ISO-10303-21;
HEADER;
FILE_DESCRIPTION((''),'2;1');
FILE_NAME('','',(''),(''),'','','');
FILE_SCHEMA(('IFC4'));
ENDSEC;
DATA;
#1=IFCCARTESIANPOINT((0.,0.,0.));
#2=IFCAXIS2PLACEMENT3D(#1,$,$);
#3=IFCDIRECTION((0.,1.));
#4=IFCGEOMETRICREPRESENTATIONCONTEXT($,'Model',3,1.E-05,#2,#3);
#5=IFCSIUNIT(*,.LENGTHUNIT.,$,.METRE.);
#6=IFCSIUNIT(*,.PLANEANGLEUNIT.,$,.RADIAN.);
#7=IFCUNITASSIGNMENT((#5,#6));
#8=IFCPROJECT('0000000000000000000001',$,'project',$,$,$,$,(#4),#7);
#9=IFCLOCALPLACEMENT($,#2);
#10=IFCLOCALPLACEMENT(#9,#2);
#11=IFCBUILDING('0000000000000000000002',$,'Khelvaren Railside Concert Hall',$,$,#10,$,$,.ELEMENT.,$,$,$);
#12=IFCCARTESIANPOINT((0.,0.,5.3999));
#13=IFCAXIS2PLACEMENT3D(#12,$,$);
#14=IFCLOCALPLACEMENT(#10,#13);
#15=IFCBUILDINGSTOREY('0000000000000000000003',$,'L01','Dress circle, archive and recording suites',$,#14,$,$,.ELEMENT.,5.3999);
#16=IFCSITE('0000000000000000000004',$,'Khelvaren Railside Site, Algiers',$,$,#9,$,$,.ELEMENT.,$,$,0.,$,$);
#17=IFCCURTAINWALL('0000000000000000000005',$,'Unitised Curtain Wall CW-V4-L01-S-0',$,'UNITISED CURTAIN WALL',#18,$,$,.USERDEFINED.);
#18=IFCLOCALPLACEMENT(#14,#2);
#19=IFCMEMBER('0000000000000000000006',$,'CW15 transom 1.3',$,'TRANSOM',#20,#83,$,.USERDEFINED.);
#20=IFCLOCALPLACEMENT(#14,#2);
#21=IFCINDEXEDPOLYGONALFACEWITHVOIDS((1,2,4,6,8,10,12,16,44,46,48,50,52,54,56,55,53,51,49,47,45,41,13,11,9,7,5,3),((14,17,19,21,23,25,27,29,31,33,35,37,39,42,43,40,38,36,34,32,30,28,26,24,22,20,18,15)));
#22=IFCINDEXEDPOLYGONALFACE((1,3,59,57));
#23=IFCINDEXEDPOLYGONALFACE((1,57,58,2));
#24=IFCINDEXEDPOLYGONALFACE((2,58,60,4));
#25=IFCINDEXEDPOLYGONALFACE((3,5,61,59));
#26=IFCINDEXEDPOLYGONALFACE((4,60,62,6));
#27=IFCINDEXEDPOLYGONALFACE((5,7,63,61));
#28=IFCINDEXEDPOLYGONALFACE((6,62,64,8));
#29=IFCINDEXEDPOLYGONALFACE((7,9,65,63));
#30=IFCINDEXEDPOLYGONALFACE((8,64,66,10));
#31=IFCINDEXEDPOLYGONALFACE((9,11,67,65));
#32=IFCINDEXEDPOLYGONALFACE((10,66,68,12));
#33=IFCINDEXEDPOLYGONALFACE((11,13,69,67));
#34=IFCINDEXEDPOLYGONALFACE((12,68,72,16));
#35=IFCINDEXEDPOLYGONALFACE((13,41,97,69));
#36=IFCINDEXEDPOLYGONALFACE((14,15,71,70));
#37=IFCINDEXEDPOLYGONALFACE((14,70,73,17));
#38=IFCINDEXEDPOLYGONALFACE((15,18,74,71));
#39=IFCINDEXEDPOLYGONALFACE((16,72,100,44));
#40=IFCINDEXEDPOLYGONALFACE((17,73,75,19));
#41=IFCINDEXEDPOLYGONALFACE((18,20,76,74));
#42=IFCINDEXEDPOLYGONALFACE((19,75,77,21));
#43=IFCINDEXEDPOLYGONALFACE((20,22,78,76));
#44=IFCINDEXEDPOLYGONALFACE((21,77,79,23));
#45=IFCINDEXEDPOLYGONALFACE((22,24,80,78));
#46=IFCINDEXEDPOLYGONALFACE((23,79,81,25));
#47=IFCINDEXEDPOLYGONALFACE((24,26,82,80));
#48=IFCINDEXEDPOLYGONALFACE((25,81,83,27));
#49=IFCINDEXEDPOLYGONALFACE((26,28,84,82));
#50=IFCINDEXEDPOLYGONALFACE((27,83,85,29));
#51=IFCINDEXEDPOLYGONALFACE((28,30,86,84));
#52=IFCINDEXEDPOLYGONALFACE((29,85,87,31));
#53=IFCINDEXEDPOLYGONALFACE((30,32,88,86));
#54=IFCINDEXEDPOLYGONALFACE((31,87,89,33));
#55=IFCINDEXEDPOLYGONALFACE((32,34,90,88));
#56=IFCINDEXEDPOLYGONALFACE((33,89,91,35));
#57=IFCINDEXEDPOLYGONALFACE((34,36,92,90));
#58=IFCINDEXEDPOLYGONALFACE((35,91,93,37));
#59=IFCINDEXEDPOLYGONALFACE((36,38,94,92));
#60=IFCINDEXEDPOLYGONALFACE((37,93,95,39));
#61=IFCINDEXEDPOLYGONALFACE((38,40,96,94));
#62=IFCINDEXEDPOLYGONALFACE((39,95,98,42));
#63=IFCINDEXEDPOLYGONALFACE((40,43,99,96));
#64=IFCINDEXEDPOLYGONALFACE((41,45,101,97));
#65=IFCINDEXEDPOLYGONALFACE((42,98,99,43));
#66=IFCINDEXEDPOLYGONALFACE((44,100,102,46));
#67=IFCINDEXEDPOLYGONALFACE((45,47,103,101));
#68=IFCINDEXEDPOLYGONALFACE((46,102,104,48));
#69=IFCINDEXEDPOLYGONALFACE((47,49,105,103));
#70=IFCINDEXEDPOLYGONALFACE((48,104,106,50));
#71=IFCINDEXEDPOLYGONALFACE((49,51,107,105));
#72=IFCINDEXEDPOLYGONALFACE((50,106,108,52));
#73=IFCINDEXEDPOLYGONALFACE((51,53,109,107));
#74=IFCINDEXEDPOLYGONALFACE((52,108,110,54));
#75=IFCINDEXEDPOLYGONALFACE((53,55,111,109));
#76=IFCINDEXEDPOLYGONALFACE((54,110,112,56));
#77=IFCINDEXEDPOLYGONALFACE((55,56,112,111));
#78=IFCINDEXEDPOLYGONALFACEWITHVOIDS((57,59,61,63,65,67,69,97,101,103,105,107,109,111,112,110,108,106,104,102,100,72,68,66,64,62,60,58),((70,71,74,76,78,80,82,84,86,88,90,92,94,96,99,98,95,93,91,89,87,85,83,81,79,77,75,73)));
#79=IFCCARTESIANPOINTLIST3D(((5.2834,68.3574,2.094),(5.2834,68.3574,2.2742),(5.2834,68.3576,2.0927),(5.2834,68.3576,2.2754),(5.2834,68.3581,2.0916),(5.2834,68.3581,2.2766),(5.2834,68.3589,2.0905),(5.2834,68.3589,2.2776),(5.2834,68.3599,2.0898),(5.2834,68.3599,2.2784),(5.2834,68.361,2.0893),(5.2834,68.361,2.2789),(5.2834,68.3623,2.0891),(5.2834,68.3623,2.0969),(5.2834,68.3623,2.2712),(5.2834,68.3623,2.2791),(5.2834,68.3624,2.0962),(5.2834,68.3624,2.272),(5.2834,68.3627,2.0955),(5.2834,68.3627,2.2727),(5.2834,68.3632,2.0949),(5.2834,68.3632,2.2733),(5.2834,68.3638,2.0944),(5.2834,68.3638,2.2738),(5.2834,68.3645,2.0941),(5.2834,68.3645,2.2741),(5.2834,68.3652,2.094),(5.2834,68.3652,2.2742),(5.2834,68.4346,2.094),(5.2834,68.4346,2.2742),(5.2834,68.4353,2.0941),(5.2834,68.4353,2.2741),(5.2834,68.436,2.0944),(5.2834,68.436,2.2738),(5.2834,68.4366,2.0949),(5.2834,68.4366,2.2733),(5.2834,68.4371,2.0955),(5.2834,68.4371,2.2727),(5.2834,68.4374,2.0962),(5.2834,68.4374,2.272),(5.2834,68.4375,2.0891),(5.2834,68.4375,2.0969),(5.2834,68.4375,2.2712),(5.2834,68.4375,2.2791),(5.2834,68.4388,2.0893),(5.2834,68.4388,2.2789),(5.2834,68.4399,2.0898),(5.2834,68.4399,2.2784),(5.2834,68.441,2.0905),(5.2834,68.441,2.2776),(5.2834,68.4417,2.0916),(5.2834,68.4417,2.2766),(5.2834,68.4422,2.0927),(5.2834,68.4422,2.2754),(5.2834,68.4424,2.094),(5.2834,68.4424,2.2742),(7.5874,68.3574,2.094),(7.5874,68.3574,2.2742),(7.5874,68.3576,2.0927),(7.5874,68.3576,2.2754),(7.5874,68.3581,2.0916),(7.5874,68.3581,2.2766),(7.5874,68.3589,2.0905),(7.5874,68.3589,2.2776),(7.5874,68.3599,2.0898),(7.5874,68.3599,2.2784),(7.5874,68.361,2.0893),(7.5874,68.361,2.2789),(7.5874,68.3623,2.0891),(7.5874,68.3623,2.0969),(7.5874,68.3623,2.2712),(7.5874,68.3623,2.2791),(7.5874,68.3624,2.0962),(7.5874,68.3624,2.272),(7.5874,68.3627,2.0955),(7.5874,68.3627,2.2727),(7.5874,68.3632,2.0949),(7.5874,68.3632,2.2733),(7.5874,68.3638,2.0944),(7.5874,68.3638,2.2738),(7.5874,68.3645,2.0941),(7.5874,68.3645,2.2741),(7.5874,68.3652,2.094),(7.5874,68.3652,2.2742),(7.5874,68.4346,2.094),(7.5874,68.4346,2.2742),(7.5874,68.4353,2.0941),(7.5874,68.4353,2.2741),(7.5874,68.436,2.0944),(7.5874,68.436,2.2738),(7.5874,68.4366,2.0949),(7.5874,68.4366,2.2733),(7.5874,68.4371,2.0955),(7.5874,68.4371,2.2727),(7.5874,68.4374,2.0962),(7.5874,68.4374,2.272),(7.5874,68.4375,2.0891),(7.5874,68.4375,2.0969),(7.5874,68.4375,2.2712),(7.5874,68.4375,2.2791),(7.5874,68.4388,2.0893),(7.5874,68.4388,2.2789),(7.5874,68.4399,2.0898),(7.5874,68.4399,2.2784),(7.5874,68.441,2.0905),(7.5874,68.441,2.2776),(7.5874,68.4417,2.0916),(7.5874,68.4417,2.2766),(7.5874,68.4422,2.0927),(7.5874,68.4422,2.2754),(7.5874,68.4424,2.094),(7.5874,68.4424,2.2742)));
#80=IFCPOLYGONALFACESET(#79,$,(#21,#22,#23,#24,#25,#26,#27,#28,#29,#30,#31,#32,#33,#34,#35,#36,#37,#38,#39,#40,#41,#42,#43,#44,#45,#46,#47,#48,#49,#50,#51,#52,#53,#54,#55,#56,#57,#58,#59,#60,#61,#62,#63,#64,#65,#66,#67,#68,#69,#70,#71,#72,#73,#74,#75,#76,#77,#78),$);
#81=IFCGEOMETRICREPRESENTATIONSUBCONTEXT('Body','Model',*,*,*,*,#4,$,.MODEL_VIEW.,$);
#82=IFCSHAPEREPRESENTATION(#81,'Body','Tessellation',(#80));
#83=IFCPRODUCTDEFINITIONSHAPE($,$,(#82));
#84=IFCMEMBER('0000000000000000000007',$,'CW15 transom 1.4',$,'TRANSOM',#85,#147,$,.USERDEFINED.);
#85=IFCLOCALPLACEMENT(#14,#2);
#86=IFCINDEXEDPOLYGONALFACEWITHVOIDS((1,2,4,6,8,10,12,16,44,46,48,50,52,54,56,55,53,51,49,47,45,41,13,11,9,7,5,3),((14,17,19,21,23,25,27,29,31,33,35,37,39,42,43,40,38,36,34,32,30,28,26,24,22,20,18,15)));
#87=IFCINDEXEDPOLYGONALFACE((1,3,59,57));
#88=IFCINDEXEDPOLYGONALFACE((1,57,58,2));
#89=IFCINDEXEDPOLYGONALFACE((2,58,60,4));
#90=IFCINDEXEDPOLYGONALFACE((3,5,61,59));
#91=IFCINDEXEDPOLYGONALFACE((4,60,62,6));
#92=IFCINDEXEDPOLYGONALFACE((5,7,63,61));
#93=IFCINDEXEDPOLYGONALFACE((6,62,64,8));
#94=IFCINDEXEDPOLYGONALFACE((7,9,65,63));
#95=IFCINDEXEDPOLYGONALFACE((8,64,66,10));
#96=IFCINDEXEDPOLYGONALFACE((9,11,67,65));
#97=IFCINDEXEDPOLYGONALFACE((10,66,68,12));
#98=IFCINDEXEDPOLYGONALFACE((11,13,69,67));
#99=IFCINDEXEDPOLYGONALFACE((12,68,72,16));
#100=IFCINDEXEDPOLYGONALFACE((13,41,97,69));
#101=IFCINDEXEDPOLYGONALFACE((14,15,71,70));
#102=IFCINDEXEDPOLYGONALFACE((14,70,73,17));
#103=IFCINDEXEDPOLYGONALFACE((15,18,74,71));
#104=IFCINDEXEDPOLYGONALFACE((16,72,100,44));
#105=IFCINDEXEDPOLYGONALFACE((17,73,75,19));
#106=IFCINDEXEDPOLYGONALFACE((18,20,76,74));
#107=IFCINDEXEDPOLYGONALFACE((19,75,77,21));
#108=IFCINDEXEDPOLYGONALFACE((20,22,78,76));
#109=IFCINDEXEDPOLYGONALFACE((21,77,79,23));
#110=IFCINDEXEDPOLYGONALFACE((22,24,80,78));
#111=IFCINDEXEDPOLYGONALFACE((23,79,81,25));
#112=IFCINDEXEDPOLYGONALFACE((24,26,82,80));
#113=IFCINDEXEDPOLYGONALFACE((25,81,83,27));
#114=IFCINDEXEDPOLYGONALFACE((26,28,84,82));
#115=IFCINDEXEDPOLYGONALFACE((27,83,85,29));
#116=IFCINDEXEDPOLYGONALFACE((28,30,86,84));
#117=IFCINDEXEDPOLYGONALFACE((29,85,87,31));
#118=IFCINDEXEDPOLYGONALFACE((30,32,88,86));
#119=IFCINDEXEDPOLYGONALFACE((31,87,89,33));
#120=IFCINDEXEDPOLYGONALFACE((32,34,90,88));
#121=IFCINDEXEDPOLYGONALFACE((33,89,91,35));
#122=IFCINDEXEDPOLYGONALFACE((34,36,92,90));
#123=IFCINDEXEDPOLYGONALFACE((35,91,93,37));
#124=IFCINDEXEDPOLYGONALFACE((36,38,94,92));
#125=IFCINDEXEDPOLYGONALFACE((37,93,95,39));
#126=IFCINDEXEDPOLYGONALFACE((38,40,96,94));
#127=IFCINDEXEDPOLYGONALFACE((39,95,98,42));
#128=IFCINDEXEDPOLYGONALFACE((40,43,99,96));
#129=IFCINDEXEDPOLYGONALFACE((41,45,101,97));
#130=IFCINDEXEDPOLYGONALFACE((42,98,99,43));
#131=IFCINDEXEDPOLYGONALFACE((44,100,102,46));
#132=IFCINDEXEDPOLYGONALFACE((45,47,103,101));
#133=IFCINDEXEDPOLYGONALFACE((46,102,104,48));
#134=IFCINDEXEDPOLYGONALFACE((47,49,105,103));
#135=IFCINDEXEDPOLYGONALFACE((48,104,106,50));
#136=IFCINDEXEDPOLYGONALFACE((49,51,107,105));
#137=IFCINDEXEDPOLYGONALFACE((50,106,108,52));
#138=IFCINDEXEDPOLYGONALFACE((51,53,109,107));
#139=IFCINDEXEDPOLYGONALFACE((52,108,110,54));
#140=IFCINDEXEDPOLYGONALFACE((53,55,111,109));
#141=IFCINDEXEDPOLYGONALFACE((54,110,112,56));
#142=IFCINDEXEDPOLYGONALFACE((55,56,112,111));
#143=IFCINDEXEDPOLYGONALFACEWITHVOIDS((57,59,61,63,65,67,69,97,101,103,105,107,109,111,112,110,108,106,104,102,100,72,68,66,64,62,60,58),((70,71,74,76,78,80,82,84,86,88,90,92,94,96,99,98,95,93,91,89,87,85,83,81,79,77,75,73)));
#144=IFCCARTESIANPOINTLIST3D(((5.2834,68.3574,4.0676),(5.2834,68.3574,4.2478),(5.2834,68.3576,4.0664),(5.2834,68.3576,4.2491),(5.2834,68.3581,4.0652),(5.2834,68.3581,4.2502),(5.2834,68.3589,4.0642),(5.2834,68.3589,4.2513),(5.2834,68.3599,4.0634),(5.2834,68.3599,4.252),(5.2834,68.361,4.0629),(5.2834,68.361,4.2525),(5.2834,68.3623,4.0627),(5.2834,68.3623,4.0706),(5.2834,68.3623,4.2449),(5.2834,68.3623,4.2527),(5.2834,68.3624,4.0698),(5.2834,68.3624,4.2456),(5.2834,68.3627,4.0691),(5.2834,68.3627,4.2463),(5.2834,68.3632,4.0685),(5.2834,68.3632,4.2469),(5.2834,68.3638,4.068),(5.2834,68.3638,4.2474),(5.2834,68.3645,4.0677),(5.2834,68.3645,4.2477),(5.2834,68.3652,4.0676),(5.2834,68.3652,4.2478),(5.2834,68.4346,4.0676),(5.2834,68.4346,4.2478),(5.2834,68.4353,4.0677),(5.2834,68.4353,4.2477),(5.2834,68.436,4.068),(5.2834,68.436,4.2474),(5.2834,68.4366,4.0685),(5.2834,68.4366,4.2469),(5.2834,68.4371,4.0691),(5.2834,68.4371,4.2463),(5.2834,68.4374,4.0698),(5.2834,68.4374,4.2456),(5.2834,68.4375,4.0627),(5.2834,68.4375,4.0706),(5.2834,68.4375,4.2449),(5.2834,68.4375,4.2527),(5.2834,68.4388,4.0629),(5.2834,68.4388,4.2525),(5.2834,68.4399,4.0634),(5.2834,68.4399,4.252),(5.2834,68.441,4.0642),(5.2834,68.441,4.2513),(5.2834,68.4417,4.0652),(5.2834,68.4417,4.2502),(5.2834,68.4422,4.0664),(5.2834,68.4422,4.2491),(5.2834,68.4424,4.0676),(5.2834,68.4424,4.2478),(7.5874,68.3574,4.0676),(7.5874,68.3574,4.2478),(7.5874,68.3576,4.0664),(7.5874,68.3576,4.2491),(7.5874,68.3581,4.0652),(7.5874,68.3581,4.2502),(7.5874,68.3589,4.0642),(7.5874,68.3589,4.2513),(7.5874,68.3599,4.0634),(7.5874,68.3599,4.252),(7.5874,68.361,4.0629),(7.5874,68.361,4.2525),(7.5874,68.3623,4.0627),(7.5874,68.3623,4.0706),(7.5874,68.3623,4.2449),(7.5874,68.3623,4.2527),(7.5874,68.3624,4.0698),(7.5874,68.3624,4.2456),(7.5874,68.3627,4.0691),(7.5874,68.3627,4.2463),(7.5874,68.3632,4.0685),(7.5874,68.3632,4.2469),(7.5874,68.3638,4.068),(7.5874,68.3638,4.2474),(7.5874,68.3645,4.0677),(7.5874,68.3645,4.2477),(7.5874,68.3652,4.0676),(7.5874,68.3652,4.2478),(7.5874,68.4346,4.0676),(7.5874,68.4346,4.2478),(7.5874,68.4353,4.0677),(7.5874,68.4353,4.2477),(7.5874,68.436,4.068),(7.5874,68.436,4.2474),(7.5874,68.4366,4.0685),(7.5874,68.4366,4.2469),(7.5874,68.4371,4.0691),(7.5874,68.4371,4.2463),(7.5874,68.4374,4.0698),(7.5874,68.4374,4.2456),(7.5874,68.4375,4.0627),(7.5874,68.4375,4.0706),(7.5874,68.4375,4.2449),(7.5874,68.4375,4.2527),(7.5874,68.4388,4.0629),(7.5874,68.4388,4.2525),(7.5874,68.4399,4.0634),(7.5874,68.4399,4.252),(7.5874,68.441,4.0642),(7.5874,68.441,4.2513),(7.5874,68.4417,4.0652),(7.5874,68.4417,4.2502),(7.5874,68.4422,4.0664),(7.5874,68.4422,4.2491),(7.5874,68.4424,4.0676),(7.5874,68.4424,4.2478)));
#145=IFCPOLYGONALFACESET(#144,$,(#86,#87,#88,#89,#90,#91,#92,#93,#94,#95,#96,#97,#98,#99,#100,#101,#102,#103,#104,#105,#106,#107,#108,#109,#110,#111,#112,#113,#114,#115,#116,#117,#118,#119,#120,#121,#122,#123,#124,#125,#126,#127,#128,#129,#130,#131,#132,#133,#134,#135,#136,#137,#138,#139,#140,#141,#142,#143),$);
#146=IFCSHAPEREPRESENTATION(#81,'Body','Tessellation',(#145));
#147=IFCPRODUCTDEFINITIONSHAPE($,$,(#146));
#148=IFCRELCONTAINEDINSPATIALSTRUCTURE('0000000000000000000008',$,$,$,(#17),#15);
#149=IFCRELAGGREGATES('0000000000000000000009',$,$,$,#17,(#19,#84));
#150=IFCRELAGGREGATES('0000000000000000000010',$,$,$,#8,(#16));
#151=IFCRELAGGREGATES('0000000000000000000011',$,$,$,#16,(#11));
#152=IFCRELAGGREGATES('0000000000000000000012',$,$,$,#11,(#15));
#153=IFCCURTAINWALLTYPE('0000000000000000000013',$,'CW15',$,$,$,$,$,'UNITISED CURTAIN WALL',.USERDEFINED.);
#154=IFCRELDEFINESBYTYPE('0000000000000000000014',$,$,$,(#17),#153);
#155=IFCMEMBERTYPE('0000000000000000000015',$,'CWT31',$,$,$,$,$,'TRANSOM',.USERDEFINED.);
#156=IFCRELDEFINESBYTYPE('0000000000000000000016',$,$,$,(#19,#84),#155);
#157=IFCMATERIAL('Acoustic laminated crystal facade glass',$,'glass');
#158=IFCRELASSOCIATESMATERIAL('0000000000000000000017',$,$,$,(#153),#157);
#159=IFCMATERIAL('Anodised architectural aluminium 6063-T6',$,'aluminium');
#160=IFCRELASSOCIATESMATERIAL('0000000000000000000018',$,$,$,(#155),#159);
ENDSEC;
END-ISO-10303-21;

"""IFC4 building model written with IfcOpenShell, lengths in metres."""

from ifc_helpers import new_model, si_unit, direction, frame, origin, origin_2d, place, context, subcontext, project, spatial, hollow_rectangle, extrude, material, material_profile, profile_set, type_object, element, aggregate, save


model = new_model("IFC4")

# Units and contexts
model_context = context("Model", 3, precision=1e-05, world=origin(), true_north=direction((0.0, 1.0)))
body_context = subcontext(model_context, "Body", "Model", "MODEL_VIEW")
ifc_project = project(units=[si_unit("LENGTHUNIT", "METRE"), si_unit("PLANEANGLEUNIT", "RADIAN")], contexts=[model_context])

# Site, building, storey
site_placement = place(None, origin())
site = spatial("IfcSite", under=ifc_project, at=site_placement, Name="Khelvaren Railside Site, Algiers", CompositionType="ELEMENT", RefElevation=0.0)
building_placement = place(site_placement, origin())
building = spatial("IfcBuilding", under=site, at=building_placement, Name="Khelvaren Railside Concert Hall", CompositionType="ELEMENT")
storey_placement = place(building_placement, frame((0.0, 0.0, 5.3999)))
storey = spatial("IfcBuildingStorey", under=building, at=storey_placement, Name="L01", Description="Dress circle, archive and recording suites", CompositionType="ELEMENT", Elevation=5.3999)

# Curtain wall, members
ifc_material_1 = material(Name="Acoustic laminated crystal facade glass", Category="glass")
curtain_wall_type = type_object("IfcCurtainWallType", Name="CW15", ElementType="UNITISED CURTAIN WALL", PredefinedType="USERDEFINED", material=ifc_material_1)
curtain_wall_placement = place(storey_placement, origin())
curtain_wall = element("IfcCurtainWall", 1, at=curtain_wall_placement, inside=storey, type_object=curtain_wall_type, Name="Unitised Curtain Wall CW-V4-L01-S-0", ObjectType="UNITISED CURTAIN WALL", PredefinedType="USERDEFINED")
ifc_material_2 = material(Name="Anodised architectural aluminium 6063-T6", Category="aluminium")
ifc_material_profile_1 = material_profile(ifc_material_2, hollow_rectangle(XDim=0.085, YDim=0.1899, WallThickness=0.0049, InnerFilletRadius=0.0029, OuterFilletRadius=0.0049, at=origin_2d()), Name="CWT 85x190x5")
ifc_profile_set_1 = profile_set([ifc_material_profile_1], Name="Anodised architectural aluminium 6063-T6")
member_type_1 = type_object("IfcMemberType", Name="CWT31", ElementType="TRANSOM", PredefinedType="USERDEFINED", material=ifc_profile_set_1)
member_1_placement = place(storey_placement, frame((7.5874, 68.3999, 2.1841), z_axis=(-1.0, 0.0, 0.0), x_axis=(0.0, -1.0, 0.0)))
member_1 = element("IfcMember", 2, at=member_1_placement, type_object=member_type_1, Name="CW15 transom 1.3", ObjectType="TRANSOM", PredefinedType="USERDEFINED", context=body_context, shape_type="SweptSolid", body=[
    extrude(hollow_rectangle(XDim=0.085, YDim=0.1899, WallThickness=0.0049, InnerFilletRadius=0.0029, OuterFilletRadius=0.0049, at=origin_2d()), origin(), (0.0, 0.0, 1.0), 2.304),
])
member_2_placement = place(storey_placement, frame((7.5874, 68.3999, 4.1577), z_axis=(-1.0, 0.0, 0.0), x_axis=(0.0, -1.0, 0.0)))
member_2 = element("IfcMember", 3, at=member_2_placement, type_object=member_type_1, Name="CW15 transom 1.4", ObjectType="TRANSOM", PredefinedType="USERDEFINED", context=body_context, shape_type="SweptSolid", body=[
    extrude(hollow_rectangle(XDim=0.085, YDim=0.1899, WallThickness=0.0049, InnerFilletRadius=0.0029, OuterFilletRadius=0.0049, at=origin_2d()), origin(), (0.0, 0.0, 1.0), 2.304),
])

aggregate(curtain_wall, [member_1, member_2])

save(model, "model.ifc")
